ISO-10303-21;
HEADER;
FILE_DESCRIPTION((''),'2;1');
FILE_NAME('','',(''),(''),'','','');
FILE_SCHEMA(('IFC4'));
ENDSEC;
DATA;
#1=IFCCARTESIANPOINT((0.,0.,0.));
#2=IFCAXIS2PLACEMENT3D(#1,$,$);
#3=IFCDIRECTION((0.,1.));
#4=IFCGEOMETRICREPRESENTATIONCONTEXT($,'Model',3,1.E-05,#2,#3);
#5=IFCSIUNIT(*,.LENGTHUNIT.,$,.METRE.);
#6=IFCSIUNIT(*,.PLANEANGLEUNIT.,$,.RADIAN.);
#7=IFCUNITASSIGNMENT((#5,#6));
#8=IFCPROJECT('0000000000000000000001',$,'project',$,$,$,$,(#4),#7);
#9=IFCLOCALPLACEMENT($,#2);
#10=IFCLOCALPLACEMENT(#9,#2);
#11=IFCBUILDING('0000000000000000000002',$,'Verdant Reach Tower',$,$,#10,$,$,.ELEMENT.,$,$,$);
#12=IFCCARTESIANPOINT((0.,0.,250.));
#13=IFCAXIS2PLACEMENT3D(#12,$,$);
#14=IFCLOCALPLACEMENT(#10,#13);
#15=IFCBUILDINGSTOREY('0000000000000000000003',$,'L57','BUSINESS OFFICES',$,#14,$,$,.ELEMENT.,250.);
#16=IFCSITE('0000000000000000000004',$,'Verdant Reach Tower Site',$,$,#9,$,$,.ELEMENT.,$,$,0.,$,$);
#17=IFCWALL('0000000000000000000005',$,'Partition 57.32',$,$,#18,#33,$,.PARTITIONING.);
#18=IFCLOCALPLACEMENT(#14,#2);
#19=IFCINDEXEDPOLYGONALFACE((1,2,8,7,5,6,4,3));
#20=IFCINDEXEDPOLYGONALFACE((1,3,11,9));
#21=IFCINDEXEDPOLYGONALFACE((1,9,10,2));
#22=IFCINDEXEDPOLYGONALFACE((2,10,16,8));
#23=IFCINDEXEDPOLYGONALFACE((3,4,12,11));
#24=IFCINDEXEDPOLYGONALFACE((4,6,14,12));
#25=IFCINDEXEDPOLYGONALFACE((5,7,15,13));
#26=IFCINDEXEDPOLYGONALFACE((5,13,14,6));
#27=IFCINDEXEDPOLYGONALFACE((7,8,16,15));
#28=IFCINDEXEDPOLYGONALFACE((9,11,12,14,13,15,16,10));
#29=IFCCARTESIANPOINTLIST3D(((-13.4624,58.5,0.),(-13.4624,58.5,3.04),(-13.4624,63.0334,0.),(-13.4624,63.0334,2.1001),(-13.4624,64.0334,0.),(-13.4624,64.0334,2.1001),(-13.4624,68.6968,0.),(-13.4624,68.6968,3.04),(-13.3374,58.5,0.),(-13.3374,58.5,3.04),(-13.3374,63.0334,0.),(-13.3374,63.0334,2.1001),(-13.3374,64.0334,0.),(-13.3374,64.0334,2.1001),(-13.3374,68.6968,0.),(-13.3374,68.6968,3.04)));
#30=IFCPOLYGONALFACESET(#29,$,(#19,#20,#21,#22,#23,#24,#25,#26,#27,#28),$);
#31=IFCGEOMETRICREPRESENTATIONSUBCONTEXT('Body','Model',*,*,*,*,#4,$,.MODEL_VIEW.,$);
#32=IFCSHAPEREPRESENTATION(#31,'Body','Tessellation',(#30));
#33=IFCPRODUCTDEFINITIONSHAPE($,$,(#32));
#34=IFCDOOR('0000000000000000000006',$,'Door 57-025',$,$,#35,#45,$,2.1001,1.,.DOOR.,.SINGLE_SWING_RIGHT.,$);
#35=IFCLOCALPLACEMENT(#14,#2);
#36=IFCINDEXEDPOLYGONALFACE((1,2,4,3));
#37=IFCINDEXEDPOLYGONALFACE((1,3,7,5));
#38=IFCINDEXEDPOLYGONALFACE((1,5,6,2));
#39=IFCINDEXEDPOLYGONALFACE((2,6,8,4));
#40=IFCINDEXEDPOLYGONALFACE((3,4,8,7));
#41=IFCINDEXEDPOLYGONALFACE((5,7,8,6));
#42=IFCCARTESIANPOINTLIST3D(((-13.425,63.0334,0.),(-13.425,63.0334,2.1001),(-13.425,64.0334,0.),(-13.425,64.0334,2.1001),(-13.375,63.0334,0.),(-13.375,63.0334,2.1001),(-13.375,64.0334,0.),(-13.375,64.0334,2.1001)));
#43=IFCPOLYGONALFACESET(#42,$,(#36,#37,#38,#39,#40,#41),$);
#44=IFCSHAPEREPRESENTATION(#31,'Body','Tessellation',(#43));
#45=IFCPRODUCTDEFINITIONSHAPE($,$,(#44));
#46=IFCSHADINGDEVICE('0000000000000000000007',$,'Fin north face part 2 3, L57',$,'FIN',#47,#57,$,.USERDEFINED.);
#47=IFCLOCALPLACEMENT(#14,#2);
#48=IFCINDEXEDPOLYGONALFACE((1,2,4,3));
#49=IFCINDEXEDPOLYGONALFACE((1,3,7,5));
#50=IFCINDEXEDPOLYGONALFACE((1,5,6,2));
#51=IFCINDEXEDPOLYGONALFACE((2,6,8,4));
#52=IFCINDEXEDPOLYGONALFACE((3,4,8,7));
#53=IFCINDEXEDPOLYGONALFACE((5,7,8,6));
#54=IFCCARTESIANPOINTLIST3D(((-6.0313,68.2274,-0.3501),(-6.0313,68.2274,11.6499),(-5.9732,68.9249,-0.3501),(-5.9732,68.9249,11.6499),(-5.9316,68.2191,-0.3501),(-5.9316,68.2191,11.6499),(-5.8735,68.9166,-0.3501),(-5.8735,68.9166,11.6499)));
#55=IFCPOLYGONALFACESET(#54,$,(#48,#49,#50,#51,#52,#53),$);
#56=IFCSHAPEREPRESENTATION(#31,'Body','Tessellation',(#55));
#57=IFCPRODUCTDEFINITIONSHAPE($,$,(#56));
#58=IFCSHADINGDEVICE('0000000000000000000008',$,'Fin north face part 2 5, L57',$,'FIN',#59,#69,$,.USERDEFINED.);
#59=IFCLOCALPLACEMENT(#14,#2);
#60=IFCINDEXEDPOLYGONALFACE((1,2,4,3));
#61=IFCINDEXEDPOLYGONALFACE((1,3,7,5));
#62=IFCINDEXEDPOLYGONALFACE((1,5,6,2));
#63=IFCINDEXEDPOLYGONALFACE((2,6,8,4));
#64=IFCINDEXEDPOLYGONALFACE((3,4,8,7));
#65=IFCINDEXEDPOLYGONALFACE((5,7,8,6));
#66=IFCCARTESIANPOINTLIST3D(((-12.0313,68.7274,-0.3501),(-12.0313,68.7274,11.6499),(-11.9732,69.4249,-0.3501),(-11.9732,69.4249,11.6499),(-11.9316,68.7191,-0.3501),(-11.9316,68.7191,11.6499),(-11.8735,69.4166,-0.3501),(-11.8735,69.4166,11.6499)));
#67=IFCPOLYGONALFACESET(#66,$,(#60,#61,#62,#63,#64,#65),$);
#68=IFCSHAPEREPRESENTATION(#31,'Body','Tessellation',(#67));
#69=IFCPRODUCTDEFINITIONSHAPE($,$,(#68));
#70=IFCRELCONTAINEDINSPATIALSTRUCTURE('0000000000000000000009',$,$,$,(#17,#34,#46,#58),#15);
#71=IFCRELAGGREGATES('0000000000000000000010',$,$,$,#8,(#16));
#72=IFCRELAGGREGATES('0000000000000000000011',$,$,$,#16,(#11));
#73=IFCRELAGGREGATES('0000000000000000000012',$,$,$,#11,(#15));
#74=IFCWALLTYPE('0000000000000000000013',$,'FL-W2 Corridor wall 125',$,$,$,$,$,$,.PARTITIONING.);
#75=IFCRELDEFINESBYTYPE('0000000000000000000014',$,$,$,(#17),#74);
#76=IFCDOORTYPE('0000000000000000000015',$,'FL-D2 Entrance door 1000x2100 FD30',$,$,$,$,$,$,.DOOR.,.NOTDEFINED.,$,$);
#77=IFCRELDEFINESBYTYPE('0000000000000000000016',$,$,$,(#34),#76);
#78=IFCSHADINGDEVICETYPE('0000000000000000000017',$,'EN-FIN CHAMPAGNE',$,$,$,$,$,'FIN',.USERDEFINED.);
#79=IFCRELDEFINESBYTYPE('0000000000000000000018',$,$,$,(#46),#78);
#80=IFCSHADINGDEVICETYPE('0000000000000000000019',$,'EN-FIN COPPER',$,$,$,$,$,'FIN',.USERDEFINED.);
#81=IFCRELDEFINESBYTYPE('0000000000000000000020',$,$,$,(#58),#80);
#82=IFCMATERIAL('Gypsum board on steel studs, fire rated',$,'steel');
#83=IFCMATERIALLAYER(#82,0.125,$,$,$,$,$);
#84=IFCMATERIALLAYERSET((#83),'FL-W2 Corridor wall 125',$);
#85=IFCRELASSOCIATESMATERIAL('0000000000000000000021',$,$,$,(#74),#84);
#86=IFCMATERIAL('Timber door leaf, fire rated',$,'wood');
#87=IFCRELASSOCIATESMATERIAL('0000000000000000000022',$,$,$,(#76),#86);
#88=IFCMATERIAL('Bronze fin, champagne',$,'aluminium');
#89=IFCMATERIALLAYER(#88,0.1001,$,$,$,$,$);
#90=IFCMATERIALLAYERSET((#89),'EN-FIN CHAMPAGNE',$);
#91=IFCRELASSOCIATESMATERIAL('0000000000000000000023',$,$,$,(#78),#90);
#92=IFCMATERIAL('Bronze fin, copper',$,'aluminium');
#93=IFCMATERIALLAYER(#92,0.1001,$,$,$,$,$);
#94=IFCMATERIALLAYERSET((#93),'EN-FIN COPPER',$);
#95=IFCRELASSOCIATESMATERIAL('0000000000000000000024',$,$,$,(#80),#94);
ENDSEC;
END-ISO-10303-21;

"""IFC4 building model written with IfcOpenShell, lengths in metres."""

from ifc_helpers import new_model, si_unit, direction, frame, frame_2d, origin, origin_2d, place, context, subcontext, project, spatial, rectangle, extrude, material, layer, layer_set, type_object, element, fill, save


model = new_model("IFC4")

# Units and contexts
model_context = context("Model", 3, precision=1e-05, world=origin(), true_north=direction((0.0, 1.0)))
body_context = subcontext(model_context, "Body", "Model", "MODEL_VIEW")
ifc_project = project(units=[si_unit("LENGTHUNIT", "METRE"), si_unit("PLANEANGLEUNIT", "RADIAN")], contexts=[model_context])

# Site, building, storey
site_placement = place(None, origin())
site = spatial("IfcSite", under=ifc_project, at=site_placement, Name="Verdant Reach Tower Site", CompositionType="ELEMENT", RefElevation=0.0)
building_placement = place(site_placement, origin())
building = spatial("IfcBuilding", under=site, at=building_placement, Name="Verdant Reach Tower", CompositionType="ELEMENT")
storey_placement = place(building_placement, frame((0.0, 0.0, 250.0)))
storey = spatial("IfcBuildingStorey", under=building, at=storey_placement, Name="L57", Description="BUSINESS OFFICES", CompositionType="ELEMENT", Elevation=250.0)

# Shared definitions
ifc_material_1 = material(Name="Gypsum board on steel studs, fire rated", Category="steel")
ifc_layer_1 = layer(ifc_material_1, 0.125)
ifc_layer_set_1 = layer_set([ifc_layer_1], Name="FL-W2 Corridor wall 125")
wall_type_1 = type_object("IfcWallType", Name="FL-W2 Corridor wall 125", PredefinedType="PARTITIONING", material=ifc_layer_set_1)
ifc_material_2 = material(Name="Timber door leaf, fire rated", Category="wood")
door_type_1 = type_object("IfcDoorType", Name="FL-D2 Entrance door 1000x2100 FD30", OperationType="NOTDEFINED", PredefinedType="DOOR", material=ifc_material_2)

# Wall, opening, door
wall_1_placement = place(storey_placement, frame((-13.3999, 68.6968, 0.0), z_axis=(0.0, 0.0, 1.0), x_axis=(0.0, -1.0, 0.0)))
wall_1 = element("IfcWall", 1, at=wall_1_placement, inside=storey, type_object=wall_type_1, Name="Partition 57.32", PredefinedType="PARTITIONING", context=body_context, shape_type="SweptSolid", body=[
    extrude(rectangle(XDim=10.1968, YDim=0.125, at=frame_2d((5.0984, 0.0))), origin(), (0.0, 0.0, 1.0), 3.04),
])
opening_1_placement = place(wall_1_placement, frame((4.6633, 0.0, 0.0)))
opening_1 = element("IfcOpeningElement", 2, at=opening_1_placement, cuts=wall_1, PredefinedType="OPENING", context=body_context, shape_type="SweptSolid", body=[
    extrude(rectangle(XDim=1.0, YDim=2.1001, at=frame_2d((0.5, 1.05))), frame((0.0, 0.0725, 0.0), z_axis=(0.0, -1.0, 0.0), x_axis=(1.0, 0.0, 0.0)), (0.0, 0.0, 1.0), 0.145),
])
door_1_placement = place(opening_1_placement, origin())
door_1 = element("IfcDoor", 3, at=door_1_placement, inside=storey, type_object=door_type_1, Name="Door 57-025", OperationType="SINGLE_SWING_RIGHT", OverallHeight=2.1001, OverallWidth=1.0, PredefinedType="DOOR", context=body_context, shape_type="SweptSolid", body=[
    extrude(rectangle(XDim=1.0, YDim=2.1001, at=frame_2d((0.5, 1.05))), frame((0.0, 0.0249, 0.0), z_axis=(0.0, -1.0, 0.0), x_axis=(1.0, 0.0, 0.0)), (0.0, 0.0, 1.0), 0.05),
])
fill(opening_1, door_1)

# Shading devices
ifc_material_3 = material(Name="Bronze fin, champagne", Category="aluminium")
ifc_layer_2 = layer(ifc_material_3, 0.1001)
ifc_layer_set_2 = layer_set([ifc_layer_2], Name="EN-FIN CHAMPAGNE")
shading_device_type_1 = type_object("IfcShadingDeviceType", Name="EN-FIN CHAMPAGNE", ElementType="FIN", PredefinedType="USERDEFINED", material=ifc_layer_set_2)
shading_device_1_placement = place(storey_placement, frame((-5.9524, 68.572, -0.3501), z_axis=(0.0, 0.0, 1.0), x_axis=(-0.996546, 0.083045, 0.0)))
element("IfcShadingDevice", 4, at=shading_device_1_placement, inside=storey, type_object=shading_device_type_1, Name="Fin north face part 2 3, L57", ObjectType="FIN", PredefinedType="USERDEFINED", context=body_context, shape_type="SweptSolid", body=[
    extrude(rectangle(XDim=0.1001, YDim=0.7, at=origin_2d()), origin(), (0.0, 0.0, 1.0), 12.0),
])
ifc_material_4 = material(Name="Bronze fin, copper", Category="aluminium")
ifc_layer_3 = layer(ifc_material_4, 0.1001)
ifc_layer_set_3 = layer_set([ifc_layer_3], Name="EN-FIN COPPER")
shading_device_type_2 = type_object("IfcShadingDeviceType", Name="EN-FIN COPPER", ElementType="FIN", PredefinedType="USERDEFINED", material=ifc_layer_set_3)
shading_device_2_placement = place(storey_placement, frame((-11.9524, 69.072, -0.3501), z_axis=(0.0, 0.0, 1.0), x_axis=(-0.996546, 0.083045, 0.0)))
element("IfcShadingDevice", 5, at=shading_device_2_placement, inside=storey, type_object=shading_device_type_2, Name="Fin north face part 2 5, L57", ObjectType="FIN", PredefinedType="USERDEFINED", context=body_context, shape_type="SweptSolid", body=[
    extrude(rectangle(XDim=0.1001, YDim=0.7, at=origin_2d()), origin(), (0.0, 0.0, 1.0), 12.0),
])

save(model, "model.ifc")
